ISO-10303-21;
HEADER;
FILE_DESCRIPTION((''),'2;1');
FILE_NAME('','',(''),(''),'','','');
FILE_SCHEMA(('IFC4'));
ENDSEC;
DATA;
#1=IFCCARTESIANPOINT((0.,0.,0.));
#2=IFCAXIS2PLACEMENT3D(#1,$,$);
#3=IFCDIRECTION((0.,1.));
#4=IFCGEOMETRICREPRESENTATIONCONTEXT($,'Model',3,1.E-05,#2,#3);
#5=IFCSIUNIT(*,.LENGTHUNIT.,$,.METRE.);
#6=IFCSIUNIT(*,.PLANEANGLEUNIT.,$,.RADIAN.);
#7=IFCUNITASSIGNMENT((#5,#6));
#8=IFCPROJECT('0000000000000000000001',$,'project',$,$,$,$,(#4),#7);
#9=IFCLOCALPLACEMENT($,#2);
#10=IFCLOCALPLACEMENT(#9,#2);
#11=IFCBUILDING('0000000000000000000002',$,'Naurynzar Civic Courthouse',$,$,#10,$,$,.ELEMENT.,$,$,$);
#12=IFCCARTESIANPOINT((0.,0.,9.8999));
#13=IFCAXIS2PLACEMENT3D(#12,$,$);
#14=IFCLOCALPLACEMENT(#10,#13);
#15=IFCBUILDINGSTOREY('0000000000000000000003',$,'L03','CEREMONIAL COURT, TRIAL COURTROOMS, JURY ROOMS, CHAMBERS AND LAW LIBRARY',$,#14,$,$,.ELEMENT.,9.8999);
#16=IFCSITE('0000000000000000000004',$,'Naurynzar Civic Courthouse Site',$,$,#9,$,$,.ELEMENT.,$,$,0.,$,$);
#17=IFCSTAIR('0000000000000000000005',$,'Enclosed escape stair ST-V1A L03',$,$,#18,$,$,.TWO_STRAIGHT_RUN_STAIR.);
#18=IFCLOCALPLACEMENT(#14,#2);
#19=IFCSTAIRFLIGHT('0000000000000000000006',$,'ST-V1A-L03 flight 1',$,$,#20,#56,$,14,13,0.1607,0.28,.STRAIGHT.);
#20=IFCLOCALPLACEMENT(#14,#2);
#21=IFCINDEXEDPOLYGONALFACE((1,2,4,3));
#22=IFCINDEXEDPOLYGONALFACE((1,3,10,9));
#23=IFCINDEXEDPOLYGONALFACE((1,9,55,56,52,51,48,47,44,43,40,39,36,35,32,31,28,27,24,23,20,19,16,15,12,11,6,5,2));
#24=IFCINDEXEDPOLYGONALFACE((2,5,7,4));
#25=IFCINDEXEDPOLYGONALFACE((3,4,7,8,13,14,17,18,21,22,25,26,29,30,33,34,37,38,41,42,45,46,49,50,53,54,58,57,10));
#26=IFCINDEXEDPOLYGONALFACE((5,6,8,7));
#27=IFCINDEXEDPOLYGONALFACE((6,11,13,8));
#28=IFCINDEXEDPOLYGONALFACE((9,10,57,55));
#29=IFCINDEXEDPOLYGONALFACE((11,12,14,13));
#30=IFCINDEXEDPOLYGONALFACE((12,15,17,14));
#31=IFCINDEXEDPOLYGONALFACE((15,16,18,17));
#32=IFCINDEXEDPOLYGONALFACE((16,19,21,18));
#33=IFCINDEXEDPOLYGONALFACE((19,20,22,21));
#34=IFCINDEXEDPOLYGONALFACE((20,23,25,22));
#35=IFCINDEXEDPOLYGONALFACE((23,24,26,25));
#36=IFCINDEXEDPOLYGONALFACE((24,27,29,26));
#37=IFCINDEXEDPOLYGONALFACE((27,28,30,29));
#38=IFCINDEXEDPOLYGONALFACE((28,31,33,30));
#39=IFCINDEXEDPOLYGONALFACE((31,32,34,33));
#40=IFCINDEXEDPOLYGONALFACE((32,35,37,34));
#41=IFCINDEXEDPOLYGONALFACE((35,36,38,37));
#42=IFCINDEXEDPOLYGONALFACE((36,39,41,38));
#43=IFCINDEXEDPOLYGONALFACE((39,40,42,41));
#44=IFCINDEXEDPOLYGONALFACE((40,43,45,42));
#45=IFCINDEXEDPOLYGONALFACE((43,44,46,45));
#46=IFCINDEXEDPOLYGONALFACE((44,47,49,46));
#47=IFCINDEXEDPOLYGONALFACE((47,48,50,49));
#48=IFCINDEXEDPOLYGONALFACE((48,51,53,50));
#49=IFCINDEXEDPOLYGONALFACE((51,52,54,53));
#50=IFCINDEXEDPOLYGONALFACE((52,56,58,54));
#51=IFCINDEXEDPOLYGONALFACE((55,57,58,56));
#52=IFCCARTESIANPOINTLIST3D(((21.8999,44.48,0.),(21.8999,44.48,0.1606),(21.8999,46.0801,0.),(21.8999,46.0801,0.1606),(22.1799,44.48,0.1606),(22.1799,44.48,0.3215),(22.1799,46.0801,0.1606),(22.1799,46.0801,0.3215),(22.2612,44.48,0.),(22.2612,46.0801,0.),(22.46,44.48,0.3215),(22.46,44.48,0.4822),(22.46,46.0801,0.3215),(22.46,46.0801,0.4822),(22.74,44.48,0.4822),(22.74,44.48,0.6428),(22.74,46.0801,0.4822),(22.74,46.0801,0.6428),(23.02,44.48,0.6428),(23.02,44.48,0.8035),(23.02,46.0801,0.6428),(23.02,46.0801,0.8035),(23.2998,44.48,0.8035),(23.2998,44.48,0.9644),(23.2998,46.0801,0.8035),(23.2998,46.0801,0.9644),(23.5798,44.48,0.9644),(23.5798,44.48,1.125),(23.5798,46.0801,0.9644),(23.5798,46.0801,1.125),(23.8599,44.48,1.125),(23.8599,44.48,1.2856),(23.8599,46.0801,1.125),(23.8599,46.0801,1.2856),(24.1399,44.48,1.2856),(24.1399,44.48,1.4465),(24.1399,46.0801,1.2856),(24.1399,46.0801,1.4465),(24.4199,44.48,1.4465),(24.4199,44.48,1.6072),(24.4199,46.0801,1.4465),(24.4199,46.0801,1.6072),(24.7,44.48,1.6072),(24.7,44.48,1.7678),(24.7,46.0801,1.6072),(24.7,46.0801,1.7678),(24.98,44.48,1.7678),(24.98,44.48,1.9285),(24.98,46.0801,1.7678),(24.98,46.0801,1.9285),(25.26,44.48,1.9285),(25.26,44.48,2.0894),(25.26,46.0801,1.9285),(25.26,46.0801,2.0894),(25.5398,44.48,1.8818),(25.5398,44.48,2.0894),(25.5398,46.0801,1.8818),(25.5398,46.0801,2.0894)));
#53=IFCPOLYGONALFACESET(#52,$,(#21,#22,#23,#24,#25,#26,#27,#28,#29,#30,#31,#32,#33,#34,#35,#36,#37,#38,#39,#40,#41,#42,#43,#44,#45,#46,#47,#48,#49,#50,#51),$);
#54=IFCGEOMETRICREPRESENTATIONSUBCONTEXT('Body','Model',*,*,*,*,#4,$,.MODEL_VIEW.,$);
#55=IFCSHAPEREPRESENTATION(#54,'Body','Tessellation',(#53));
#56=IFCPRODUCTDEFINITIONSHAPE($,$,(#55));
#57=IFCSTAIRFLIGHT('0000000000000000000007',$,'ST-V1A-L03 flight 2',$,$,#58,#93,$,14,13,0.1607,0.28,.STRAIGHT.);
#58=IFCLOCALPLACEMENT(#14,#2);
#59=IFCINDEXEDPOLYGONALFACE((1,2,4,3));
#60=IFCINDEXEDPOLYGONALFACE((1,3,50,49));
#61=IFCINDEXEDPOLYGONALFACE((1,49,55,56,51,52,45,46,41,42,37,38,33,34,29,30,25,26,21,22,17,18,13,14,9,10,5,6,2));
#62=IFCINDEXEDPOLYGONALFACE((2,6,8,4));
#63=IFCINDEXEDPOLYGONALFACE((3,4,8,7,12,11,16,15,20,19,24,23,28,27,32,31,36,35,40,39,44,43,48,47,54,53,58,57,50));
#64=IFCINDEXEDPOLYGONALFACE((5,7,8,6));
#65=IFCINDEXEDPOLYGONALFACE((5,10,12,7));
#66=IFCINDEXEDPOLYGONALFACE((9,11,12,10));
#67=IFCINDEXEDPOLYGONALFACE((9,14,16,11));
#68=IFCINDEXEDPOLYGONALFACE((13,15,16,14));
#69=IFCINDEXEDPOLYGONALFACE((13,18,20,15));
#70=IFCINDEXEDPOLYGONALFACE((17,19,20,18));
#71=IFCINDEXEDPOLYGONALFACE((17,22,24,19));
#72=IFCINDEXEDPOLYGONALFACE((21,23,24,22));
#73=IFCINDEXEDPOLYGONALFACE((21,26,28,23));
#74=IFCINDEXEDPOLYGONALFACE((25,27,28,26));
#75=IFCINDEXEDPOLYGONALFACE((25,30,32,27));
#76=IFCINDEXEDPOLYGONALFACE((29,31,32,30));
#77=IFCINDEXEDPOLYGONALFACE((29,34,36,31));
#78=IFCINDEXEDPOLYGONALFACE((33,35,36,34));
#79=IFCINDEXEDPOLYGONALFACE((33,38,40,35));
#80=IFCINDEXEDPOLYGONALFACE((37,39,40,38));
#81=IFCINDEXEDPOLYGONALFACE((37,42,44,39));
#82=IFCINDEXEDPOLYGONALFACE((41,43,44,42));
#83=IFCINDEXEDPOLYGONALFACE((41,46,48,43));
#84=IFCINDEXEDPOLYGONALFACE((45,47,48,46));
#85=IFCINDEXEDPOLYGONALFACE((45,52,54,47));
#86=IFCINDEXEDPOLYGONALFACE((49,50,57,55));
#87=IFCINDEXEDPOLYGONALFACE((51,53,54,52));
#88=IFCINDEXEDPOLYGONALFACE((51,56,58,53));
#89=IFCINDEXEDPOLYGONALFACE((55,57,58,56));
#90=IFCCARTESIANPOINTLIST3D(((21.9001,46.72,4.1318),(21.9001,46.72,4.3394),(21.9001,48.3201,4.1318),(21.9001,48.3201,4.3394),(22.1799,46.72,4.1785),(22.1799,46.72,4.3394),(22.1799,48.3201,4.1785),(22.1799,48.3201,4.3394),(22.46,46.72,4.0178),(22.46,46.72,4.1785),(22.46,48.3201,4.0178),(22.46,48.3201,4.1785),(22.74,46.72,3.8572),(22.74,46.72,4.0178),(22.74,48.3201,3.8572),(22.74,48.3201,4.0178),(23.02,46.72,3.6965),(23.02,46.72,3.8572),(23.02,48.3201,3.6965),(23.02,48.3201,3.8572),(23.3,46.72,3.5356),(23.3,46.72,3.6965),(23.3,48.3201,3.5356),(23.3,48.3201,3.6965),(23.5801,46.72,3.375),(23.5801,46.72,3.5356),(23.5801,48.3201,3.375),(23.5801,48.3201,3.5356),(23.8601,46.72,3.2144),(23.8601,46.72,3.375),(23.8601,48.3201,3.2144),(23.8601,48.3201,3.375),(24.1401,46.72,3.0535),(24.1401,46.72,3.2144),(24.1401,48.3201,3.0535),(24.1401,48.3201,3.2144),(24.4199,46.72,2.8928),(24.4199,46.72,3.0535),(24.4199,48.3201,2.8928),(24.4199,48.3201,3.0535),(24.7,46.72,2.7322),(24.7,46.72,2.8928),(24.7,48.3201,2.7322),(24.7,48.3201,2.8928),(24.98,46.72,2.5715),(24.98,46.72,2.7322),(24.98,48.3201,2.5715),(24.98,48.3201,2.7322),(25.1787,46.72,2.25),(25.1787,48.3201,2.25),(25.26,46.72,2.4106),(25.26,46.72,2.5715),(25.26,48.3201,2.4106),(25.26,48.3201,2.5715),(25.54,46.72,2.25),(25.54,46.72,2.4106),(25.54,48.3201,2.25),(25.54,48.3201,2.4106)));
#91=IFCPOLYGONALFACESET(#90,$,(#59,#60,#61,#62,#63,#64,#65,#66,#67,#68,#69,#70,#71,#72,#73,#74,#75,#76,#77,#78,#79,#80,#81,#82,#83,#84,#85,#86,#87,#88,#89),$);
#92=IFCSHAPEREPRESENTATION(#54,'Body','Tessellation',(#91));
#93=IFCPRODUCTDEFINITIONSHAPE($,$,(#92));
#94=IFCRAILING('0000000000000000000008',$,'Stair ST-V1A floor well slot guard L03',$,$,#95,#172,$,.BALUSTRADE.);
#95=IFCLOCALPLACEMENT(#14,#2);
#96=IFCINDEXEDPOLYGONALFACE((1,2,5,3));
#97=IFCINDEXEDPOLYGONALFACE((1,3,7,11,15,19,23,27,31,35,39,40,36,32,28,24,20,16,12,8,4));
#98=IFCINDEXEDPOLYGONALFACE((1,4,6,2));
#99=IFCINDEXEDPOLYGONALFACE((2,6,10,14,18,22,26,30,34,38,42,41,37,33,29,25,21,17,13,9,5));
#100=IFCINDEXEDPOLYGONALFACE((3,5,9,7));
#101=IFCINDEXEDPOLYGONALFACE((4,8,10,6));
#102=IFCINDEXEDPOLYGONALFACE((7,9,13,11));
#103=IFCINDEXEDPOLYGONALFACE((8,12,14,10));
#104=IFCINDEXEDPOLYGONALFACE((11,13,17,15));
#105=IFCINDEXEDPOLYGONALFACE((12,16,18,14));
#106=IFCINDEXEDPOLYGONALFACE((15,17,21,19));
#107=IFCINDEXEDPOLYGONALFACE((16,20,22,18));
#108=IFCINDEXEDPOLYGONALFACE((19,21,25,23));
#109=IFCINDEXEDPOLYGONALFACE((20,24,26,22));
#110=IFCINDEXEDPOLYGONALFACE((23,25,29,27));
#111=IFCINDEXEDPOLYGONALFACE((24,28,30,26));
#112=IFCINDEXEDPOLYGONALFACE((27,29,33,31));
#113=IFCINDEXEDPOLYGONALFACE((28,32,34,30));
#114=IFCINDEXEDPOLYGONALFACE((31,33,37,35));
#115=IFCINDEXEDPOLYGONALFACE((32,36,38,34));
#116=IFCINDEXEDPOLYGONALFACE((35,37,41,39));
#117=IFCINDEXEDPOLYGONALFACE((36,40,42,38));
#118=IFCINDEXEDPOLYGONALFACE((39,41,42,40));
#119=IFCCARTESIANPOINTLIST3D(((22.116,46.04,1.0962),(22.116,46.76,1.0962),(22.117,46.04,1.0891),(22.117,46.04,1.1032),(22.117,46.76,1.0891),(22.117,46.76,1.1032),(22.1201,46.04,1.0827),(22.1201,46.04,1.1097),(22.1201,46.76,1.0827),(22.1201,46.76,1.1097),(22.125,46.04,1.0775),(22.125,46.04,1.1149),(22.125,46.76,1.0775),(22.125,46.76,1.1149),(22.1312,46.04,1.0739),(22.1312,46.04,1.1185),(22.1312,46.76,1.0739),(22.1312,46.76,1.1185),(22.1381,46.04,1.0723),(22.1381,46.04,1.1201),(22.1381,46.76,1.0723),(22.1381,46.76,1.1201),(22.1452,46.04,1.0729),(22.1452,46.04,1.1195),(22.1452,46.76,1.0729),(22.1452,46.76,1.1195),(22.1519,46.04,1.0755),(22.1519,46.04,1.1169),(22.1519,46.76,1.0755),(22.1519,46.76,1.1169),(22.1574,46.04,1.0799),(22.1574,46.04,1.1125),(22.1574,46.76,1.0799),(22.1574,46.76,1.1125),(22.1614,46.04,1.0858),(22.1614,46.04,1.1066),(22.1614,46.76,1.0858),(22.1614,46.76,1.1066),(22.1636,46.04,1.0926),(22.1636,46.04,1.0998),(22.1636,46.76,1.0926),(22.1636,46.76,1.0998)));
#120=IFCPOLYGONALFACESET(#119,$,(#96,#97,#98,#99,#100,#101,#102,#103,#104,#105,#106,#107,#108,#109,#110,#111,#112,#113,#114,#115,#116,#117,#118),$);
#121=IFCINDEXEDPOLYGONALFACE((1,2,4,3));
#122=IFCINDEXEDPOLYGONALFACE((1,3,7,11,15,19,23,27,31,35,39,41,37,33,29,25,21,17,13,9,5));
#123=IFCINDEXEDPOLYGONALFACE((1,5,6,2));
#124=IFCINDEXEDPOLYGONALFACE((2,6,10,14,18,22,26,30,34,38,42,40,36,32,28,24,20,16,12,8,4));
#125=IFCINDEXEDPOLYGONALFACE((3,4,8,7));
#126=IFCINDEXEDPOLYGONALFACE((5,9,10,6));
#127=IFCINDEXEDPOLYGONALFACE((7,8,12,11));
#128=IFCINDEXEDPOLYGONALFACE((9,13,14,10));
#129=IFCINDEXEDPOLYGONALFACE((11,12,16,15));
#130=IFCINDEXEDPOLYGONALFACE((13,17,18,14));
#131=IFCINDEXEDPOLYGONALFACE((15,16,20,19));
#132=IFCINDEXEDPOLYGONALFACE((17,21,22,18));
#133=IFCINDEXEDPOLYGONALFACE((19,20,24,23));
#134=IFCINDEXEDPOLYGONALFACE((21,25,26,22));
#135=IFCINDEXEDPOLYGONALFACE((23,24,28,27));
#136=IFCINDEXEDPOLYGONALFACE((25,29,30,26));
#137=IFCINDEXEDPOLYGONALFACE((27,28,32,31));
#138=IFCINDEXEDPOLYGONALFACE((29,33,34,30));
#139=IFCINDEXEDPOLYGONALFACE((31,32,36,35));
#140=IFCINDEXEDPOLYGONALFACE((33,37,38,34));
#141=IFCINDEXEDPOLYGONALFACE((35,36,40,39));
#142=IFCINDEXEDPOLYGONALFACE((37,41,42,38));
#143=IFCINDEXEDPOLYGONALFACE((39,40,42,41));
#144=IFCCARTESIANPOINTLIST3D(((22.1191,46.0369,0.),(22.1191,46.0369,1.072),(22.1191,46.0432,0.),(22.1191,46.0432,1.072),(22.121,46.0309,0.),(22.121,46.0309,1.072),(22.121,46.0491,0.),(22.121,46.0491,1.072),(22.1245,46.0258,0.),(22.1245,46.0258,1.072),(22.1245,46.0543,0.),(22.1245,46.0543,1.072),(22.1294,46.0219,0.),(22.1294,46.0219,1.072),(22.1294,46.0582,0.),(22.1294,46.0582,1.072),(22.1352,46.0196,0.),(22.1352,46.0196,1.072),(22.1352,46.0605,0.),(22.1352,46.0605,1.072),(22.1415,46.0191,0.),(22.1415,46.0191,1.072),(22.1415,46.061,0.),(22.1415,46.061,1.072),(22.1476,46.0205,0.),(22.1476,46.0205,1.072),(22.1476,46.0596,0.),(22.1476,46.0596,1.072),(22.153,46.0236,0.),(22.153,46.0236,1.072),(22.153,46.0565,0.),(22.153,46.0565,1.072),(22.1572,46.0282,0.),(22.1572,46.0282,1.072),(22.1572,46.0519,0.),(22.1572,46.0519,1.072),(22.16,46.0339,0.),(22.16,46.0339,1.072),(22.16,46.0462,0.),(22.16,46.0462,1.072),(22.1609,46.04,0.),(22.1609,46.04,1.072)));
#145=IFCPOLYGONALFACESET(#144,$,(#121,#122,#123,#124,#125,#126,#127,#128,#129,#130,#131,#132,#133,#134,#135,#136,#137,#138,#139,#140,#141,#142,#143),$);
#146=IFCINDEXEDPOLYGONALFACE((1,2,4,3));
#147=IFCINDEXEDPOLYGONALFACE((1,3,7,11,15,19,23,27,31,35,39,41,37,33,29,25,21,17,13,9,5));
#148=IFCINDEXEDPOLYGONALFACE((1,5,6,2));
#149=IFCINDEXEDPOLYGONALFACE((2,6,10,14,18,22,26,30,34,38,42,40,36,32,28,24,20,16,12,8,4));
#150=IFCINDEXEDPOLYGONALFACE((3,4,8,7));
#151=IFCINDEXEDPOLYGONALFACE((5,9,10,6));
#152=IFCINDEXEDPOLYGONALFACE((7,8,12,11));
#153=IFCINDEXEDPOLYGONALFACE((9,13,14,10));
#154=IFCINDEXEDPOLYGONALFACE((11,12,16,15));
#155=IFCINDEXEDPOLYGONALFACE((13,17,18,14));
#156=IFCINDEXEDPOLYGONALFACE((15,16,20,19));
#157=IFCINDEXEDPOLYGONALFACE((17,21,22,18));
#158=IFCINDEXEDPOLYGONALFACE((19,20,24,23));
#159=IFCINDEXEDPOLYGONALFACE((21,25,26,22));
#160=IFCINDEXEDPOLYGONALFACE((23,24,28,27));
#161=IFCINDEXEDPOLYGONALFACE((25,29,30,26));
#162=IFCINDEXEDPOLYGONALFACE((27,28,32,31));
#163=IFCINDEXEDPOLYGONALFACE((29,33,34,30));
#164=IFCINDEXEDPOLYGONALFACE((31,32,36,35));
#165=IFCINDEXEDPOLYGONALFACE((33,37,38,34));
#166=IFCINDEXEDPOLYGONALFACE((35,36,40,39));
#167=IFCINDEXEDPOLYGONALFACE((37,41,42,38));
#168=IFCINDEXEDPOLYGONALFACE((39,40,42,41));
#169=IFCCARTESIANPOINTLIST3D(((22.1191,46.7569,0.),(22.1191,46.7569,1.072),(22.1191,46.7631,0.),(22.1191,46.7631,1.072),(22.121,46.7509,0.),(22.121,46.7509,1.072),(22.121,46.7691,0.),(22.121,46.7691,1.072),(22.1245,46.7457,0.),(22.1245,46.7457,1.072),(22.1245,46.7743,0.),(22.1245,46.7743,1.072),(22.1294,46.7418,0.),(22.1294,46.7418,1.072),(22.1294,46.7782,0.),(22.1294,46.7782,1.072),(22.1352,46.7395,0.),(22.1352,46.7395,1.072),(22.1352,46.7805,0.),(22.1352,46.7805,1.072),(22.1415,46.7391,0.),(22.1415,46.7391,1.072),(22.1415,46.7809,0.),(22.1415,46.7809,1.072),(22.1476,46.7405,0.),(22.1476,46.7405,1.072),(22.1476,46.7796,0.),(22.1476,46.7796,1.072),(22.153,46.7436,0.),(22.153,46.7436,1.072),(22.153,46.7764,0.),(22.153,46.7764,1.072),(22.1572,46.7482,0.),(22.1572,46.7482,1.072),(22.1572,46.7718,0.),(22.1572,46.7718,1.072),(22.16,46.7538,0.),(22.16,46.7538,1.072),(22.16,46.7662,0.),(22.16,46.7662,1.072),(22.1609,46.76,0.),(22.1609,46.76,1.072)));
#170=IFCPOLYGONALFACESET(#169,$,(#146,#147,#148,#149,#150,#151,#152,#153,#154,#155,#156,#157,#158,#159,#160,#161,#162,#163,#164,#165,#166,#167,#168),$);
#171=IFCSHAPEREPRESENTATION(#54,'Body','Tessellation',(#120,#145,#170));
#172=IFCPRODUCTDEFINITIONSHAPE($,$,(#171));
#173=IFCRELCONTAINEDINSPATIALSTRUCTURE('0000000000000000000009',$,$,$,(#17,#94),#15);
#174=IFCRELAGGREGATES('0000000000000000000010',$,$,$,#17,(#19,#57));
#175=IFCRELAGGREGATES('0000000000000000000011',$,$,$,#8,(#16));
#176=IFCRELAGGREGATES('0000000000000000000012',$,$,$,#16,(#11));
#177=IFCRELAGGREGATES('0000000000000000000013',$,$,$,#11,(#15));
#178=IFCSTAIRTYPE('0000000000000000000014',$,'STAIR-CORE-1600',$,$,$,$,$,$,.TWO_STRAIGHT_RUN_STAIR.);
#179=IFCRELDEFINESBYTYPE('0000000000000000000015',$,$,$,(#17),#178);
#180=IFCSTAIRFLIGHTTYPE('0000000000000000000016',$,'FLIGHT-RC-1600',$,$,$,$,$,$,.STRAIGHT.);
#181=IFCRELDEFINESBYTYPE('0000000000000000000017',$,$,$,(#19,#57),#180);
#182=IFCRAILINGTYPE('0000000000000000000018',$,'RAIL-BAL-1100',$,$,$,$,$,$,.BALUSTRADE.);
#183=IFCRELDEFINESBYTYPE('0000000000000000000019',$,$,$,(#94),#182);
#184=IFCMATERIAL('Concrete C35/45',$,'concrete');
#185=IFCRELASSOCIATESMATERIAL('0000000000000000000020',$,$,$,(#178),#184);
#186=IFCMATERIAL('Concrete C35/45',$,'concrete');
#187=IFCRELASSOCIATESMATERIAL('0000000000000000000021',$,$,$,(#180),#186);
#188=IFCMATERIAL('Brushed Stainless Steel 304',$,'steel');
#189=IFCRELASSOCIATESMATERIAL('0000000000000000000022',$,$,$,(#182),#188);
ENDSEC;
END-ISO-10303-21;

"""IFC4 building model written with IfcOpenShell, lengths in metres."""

from ifc_helpers import new_model, si_unit, direction, frame, origin, origin_2d, place, context, subcontext, project, spatial, polyline, circle, outline, extrude, material, type_object, element, aggregate, save


model = new_model("IFC4")

# Units and contexts
model_context = context("Model", 3, precision=1e-05, world=origin(), true_north=direction((0.0, 1.0)))
body_context = subcontext(model_context, "Body", "Model", "MODEL_VIEW")
ifc_project = project(units=[si_unit("LENGTHUNIT", "METRE"), si_unit("PLANEANGLEUNIT", "RADIAN")], contexts=[model_context])

# Site, building, storey
site_placement = place(None, origin())
site = spatial("IfcSite", under=ifc_project, at=site_placement, Name="Naurynzar Civic Courthouse Site", CompositionType="ELEMENT", RefElevation=0.0)
building_placement = place(site_placement, origin())
building = spatial("IfcBuilding", under=site, at=building_placement, Name="Naurynzar Civic Courthouse", CompositionType="ELEMENT")
storey_placement = place(building_placement, frame((0.0, 0.0, 9.8999)))
storey = spatial("IfcBuildingStorey", under=building, at=storey_placement, Name="L03", Description="CEREMONIAL COURT, TRIAL COURTROOMS, JURY ROOMS, CHAMBERS AND LAW LIBRARY", CompositionType="ELEMENT", Elevation=9.8999)

# Stair, stair flights
ifc_material_1 = material(Name="Concrete C35/45", Category="concrete")
stair_type = type_object("IfcStairType", Name="STAIR-CORE-1600", PredefinedType="TWO_STRAIGHT_RUN_STAIR", material=ifc_material_1)
stair_placement = place(storey_placement, origin())
stair = element("IfcStair", 1, at=stair_placement, inside=storey, type_object=stair_type, Name="Enclosed escape stair ST-V1A L03", PredefinedType="TWO_STRAIGHT_RUN_STAIR")
ifc_material_2 = material(Name="Concrete C35/45", Category="concrete")
stair_flight_type = type_object("IfcStairFlightType", Name="FLIGHT-RC-1600", PredefinedType="STRAIGHT", material=ifc_material_2)
stair_flight_1_placement = place(storey_placement, frame((21.8999, 45.28, 0.0), z_axis=(0.0, 0.0, 1.0), x_axis=(1.0, 0.0, 0.0)))
stair_flight_1 = element("IfcStairFlight", 2, at=stair_flight_1_placement, type_object=stair_flight_type, Name="ST-V1A-L03 flight 1", NumberOfRisers=14, NumberOfTreads=13, PredefinedType="STRAIGHT", RiserHeight=0.1607, TreadLength=0.28, context=body_context, shape_type="SweptSolid", body=[
    extrude(outline(polyline([(0.0, 0.0), (0.0, 0.1606), (0.28, 0.1606), (0.28, 0.3215), (0.5601, 0.3215), (0.5601, 0.4822), (0.8401, 0.4822), (0.8401, 0.6428), (1.1201, 0.6428), (1.1201, 0.8035), (1.3999, 0.8035), (1.3999, 0.9644), (1.6799, 0.9644), (1.6799, 1.125), (1.96, 1.125), (1.96, 1.2856), (2.24, 1.2856), (2.24, 1.4465), (2.52, 1.4465), (2.52, 1.6072), (2.8, 1.6072), (2.8, 1.7678), (3.0801, 1.7678), (3.0801, 1.9285), (3.3601, 1.9285), (3.3601, 2.0894), (3.6399, 2.0894), (3.6399, 2.25), (3.6399, 1.8818), (0.3613, 0.0), (0.0, 0.0)])), frame((0.0, 0.8, 0.0), z_axis=(0.0, -1.0, 0.0), x_axis=(1.0, 0.0, 0.0)), (0.0, 0.0, 1.0), 1.6001),
])
stair_flight_2_placement = place(storey_placement, frame((25.54, 47.52, 2.25), z_axis=(0.0, 0.0, 1.0), x_axis=(-1.0, 0.0, 0.0)))
stair_flight_2 = element("IfcStairFlight", 3, at=stair_flight_2_placement, type_object=stair_flight_type, Name="ST-V1A-L03 flight 2", NumberOfRisers=14, NumberOfTreads=13, PredefinedType="STRAIGHT", RiserHeight=0.1607, TreadLength=0.28, context=body_context, shape_type="SweptSolid", body=[
    extrude(outline(polyline([(0.0, 0.0), (0.0, 0.1606), (0.28, 0.1606), (0.28, 0.3215), (0.5601, 0.3215), (0.5601, 0.4822), (0.8401, 0.4822), (0.8401, 0.6428), (1.1201, 0.6428), (1.1201, 0.8035), (1.3999, 0.8035), (1.3999, 0.9644), (1.6799, 0.9644), (1.6799, 1.125), (1.96, 1.125), (1.96, 1.2856), (2.24, 1.2856), (2.24, 1.4465), (2.52, 1.4465), (2.52, 1.6072), (2.8, 1.6072), (2.8, 1.7678), (3.0801, 1.7678), (3.0801, 1.9285), (3.3601, 1.9285), (3.3601, 2.0894), (3.6399, 2.0894), (3.6399, 2.25), (3.6399, 1.8818), (0.3613, 0.0), (0.0, 0.0)])), frame((0.0, 0.8, 0.0), z_axis=(0.0, -1.0, 0.0), x_axis=(1.0, 0.0, 0.0)), (0.0, 0.0, 1.0), 1.6001),
])
aggregate(stair, [stair_flight_1, stair_flight_2])

# Railing
ifc_material_3 = material(Name="Brushed Stainless Steel 304", Category="steel")
railing_type_1 = type_object("IfcRailingType", Name="RAIL-BAL-1100", PredefinedType="BALUSTRADE", material=ifc_material_3)
for number, where, name in (
    (4, (22.1399, 46.04, 0.0), "Stair ST-V1A floor well slot guard L03"),
):
    element("IfcRailing", number, at=place(storey_placement, frame(where)), inside=storey, type_object=railing_type_1, Name=name, PredefinedType="BALUSTRADE", context=body_context, shape_type="SweptSolid", body=[
        extrude(circle(Radius=0.0239, at=origin_2d()), frame((0.0, 0.0, 1.0962), z_axis=(0.0, 1.0, 0.0), x_axis=(-1.0, 0.0, 0.0)), (0.0, 0.0, 1.0), 0.72),
        extrude(circle(Radius=0.021, at=origin_2d()), origin(), (0.0, 0.0, 1.0), 1.072),
        extrude(circle(Radius=0.021, at=origin_2d()), frame((0.0, 0.72, 0.0)), (0.0, 0.0, 1.0), 1.072),
    ])

save(model, "model.ifc")
